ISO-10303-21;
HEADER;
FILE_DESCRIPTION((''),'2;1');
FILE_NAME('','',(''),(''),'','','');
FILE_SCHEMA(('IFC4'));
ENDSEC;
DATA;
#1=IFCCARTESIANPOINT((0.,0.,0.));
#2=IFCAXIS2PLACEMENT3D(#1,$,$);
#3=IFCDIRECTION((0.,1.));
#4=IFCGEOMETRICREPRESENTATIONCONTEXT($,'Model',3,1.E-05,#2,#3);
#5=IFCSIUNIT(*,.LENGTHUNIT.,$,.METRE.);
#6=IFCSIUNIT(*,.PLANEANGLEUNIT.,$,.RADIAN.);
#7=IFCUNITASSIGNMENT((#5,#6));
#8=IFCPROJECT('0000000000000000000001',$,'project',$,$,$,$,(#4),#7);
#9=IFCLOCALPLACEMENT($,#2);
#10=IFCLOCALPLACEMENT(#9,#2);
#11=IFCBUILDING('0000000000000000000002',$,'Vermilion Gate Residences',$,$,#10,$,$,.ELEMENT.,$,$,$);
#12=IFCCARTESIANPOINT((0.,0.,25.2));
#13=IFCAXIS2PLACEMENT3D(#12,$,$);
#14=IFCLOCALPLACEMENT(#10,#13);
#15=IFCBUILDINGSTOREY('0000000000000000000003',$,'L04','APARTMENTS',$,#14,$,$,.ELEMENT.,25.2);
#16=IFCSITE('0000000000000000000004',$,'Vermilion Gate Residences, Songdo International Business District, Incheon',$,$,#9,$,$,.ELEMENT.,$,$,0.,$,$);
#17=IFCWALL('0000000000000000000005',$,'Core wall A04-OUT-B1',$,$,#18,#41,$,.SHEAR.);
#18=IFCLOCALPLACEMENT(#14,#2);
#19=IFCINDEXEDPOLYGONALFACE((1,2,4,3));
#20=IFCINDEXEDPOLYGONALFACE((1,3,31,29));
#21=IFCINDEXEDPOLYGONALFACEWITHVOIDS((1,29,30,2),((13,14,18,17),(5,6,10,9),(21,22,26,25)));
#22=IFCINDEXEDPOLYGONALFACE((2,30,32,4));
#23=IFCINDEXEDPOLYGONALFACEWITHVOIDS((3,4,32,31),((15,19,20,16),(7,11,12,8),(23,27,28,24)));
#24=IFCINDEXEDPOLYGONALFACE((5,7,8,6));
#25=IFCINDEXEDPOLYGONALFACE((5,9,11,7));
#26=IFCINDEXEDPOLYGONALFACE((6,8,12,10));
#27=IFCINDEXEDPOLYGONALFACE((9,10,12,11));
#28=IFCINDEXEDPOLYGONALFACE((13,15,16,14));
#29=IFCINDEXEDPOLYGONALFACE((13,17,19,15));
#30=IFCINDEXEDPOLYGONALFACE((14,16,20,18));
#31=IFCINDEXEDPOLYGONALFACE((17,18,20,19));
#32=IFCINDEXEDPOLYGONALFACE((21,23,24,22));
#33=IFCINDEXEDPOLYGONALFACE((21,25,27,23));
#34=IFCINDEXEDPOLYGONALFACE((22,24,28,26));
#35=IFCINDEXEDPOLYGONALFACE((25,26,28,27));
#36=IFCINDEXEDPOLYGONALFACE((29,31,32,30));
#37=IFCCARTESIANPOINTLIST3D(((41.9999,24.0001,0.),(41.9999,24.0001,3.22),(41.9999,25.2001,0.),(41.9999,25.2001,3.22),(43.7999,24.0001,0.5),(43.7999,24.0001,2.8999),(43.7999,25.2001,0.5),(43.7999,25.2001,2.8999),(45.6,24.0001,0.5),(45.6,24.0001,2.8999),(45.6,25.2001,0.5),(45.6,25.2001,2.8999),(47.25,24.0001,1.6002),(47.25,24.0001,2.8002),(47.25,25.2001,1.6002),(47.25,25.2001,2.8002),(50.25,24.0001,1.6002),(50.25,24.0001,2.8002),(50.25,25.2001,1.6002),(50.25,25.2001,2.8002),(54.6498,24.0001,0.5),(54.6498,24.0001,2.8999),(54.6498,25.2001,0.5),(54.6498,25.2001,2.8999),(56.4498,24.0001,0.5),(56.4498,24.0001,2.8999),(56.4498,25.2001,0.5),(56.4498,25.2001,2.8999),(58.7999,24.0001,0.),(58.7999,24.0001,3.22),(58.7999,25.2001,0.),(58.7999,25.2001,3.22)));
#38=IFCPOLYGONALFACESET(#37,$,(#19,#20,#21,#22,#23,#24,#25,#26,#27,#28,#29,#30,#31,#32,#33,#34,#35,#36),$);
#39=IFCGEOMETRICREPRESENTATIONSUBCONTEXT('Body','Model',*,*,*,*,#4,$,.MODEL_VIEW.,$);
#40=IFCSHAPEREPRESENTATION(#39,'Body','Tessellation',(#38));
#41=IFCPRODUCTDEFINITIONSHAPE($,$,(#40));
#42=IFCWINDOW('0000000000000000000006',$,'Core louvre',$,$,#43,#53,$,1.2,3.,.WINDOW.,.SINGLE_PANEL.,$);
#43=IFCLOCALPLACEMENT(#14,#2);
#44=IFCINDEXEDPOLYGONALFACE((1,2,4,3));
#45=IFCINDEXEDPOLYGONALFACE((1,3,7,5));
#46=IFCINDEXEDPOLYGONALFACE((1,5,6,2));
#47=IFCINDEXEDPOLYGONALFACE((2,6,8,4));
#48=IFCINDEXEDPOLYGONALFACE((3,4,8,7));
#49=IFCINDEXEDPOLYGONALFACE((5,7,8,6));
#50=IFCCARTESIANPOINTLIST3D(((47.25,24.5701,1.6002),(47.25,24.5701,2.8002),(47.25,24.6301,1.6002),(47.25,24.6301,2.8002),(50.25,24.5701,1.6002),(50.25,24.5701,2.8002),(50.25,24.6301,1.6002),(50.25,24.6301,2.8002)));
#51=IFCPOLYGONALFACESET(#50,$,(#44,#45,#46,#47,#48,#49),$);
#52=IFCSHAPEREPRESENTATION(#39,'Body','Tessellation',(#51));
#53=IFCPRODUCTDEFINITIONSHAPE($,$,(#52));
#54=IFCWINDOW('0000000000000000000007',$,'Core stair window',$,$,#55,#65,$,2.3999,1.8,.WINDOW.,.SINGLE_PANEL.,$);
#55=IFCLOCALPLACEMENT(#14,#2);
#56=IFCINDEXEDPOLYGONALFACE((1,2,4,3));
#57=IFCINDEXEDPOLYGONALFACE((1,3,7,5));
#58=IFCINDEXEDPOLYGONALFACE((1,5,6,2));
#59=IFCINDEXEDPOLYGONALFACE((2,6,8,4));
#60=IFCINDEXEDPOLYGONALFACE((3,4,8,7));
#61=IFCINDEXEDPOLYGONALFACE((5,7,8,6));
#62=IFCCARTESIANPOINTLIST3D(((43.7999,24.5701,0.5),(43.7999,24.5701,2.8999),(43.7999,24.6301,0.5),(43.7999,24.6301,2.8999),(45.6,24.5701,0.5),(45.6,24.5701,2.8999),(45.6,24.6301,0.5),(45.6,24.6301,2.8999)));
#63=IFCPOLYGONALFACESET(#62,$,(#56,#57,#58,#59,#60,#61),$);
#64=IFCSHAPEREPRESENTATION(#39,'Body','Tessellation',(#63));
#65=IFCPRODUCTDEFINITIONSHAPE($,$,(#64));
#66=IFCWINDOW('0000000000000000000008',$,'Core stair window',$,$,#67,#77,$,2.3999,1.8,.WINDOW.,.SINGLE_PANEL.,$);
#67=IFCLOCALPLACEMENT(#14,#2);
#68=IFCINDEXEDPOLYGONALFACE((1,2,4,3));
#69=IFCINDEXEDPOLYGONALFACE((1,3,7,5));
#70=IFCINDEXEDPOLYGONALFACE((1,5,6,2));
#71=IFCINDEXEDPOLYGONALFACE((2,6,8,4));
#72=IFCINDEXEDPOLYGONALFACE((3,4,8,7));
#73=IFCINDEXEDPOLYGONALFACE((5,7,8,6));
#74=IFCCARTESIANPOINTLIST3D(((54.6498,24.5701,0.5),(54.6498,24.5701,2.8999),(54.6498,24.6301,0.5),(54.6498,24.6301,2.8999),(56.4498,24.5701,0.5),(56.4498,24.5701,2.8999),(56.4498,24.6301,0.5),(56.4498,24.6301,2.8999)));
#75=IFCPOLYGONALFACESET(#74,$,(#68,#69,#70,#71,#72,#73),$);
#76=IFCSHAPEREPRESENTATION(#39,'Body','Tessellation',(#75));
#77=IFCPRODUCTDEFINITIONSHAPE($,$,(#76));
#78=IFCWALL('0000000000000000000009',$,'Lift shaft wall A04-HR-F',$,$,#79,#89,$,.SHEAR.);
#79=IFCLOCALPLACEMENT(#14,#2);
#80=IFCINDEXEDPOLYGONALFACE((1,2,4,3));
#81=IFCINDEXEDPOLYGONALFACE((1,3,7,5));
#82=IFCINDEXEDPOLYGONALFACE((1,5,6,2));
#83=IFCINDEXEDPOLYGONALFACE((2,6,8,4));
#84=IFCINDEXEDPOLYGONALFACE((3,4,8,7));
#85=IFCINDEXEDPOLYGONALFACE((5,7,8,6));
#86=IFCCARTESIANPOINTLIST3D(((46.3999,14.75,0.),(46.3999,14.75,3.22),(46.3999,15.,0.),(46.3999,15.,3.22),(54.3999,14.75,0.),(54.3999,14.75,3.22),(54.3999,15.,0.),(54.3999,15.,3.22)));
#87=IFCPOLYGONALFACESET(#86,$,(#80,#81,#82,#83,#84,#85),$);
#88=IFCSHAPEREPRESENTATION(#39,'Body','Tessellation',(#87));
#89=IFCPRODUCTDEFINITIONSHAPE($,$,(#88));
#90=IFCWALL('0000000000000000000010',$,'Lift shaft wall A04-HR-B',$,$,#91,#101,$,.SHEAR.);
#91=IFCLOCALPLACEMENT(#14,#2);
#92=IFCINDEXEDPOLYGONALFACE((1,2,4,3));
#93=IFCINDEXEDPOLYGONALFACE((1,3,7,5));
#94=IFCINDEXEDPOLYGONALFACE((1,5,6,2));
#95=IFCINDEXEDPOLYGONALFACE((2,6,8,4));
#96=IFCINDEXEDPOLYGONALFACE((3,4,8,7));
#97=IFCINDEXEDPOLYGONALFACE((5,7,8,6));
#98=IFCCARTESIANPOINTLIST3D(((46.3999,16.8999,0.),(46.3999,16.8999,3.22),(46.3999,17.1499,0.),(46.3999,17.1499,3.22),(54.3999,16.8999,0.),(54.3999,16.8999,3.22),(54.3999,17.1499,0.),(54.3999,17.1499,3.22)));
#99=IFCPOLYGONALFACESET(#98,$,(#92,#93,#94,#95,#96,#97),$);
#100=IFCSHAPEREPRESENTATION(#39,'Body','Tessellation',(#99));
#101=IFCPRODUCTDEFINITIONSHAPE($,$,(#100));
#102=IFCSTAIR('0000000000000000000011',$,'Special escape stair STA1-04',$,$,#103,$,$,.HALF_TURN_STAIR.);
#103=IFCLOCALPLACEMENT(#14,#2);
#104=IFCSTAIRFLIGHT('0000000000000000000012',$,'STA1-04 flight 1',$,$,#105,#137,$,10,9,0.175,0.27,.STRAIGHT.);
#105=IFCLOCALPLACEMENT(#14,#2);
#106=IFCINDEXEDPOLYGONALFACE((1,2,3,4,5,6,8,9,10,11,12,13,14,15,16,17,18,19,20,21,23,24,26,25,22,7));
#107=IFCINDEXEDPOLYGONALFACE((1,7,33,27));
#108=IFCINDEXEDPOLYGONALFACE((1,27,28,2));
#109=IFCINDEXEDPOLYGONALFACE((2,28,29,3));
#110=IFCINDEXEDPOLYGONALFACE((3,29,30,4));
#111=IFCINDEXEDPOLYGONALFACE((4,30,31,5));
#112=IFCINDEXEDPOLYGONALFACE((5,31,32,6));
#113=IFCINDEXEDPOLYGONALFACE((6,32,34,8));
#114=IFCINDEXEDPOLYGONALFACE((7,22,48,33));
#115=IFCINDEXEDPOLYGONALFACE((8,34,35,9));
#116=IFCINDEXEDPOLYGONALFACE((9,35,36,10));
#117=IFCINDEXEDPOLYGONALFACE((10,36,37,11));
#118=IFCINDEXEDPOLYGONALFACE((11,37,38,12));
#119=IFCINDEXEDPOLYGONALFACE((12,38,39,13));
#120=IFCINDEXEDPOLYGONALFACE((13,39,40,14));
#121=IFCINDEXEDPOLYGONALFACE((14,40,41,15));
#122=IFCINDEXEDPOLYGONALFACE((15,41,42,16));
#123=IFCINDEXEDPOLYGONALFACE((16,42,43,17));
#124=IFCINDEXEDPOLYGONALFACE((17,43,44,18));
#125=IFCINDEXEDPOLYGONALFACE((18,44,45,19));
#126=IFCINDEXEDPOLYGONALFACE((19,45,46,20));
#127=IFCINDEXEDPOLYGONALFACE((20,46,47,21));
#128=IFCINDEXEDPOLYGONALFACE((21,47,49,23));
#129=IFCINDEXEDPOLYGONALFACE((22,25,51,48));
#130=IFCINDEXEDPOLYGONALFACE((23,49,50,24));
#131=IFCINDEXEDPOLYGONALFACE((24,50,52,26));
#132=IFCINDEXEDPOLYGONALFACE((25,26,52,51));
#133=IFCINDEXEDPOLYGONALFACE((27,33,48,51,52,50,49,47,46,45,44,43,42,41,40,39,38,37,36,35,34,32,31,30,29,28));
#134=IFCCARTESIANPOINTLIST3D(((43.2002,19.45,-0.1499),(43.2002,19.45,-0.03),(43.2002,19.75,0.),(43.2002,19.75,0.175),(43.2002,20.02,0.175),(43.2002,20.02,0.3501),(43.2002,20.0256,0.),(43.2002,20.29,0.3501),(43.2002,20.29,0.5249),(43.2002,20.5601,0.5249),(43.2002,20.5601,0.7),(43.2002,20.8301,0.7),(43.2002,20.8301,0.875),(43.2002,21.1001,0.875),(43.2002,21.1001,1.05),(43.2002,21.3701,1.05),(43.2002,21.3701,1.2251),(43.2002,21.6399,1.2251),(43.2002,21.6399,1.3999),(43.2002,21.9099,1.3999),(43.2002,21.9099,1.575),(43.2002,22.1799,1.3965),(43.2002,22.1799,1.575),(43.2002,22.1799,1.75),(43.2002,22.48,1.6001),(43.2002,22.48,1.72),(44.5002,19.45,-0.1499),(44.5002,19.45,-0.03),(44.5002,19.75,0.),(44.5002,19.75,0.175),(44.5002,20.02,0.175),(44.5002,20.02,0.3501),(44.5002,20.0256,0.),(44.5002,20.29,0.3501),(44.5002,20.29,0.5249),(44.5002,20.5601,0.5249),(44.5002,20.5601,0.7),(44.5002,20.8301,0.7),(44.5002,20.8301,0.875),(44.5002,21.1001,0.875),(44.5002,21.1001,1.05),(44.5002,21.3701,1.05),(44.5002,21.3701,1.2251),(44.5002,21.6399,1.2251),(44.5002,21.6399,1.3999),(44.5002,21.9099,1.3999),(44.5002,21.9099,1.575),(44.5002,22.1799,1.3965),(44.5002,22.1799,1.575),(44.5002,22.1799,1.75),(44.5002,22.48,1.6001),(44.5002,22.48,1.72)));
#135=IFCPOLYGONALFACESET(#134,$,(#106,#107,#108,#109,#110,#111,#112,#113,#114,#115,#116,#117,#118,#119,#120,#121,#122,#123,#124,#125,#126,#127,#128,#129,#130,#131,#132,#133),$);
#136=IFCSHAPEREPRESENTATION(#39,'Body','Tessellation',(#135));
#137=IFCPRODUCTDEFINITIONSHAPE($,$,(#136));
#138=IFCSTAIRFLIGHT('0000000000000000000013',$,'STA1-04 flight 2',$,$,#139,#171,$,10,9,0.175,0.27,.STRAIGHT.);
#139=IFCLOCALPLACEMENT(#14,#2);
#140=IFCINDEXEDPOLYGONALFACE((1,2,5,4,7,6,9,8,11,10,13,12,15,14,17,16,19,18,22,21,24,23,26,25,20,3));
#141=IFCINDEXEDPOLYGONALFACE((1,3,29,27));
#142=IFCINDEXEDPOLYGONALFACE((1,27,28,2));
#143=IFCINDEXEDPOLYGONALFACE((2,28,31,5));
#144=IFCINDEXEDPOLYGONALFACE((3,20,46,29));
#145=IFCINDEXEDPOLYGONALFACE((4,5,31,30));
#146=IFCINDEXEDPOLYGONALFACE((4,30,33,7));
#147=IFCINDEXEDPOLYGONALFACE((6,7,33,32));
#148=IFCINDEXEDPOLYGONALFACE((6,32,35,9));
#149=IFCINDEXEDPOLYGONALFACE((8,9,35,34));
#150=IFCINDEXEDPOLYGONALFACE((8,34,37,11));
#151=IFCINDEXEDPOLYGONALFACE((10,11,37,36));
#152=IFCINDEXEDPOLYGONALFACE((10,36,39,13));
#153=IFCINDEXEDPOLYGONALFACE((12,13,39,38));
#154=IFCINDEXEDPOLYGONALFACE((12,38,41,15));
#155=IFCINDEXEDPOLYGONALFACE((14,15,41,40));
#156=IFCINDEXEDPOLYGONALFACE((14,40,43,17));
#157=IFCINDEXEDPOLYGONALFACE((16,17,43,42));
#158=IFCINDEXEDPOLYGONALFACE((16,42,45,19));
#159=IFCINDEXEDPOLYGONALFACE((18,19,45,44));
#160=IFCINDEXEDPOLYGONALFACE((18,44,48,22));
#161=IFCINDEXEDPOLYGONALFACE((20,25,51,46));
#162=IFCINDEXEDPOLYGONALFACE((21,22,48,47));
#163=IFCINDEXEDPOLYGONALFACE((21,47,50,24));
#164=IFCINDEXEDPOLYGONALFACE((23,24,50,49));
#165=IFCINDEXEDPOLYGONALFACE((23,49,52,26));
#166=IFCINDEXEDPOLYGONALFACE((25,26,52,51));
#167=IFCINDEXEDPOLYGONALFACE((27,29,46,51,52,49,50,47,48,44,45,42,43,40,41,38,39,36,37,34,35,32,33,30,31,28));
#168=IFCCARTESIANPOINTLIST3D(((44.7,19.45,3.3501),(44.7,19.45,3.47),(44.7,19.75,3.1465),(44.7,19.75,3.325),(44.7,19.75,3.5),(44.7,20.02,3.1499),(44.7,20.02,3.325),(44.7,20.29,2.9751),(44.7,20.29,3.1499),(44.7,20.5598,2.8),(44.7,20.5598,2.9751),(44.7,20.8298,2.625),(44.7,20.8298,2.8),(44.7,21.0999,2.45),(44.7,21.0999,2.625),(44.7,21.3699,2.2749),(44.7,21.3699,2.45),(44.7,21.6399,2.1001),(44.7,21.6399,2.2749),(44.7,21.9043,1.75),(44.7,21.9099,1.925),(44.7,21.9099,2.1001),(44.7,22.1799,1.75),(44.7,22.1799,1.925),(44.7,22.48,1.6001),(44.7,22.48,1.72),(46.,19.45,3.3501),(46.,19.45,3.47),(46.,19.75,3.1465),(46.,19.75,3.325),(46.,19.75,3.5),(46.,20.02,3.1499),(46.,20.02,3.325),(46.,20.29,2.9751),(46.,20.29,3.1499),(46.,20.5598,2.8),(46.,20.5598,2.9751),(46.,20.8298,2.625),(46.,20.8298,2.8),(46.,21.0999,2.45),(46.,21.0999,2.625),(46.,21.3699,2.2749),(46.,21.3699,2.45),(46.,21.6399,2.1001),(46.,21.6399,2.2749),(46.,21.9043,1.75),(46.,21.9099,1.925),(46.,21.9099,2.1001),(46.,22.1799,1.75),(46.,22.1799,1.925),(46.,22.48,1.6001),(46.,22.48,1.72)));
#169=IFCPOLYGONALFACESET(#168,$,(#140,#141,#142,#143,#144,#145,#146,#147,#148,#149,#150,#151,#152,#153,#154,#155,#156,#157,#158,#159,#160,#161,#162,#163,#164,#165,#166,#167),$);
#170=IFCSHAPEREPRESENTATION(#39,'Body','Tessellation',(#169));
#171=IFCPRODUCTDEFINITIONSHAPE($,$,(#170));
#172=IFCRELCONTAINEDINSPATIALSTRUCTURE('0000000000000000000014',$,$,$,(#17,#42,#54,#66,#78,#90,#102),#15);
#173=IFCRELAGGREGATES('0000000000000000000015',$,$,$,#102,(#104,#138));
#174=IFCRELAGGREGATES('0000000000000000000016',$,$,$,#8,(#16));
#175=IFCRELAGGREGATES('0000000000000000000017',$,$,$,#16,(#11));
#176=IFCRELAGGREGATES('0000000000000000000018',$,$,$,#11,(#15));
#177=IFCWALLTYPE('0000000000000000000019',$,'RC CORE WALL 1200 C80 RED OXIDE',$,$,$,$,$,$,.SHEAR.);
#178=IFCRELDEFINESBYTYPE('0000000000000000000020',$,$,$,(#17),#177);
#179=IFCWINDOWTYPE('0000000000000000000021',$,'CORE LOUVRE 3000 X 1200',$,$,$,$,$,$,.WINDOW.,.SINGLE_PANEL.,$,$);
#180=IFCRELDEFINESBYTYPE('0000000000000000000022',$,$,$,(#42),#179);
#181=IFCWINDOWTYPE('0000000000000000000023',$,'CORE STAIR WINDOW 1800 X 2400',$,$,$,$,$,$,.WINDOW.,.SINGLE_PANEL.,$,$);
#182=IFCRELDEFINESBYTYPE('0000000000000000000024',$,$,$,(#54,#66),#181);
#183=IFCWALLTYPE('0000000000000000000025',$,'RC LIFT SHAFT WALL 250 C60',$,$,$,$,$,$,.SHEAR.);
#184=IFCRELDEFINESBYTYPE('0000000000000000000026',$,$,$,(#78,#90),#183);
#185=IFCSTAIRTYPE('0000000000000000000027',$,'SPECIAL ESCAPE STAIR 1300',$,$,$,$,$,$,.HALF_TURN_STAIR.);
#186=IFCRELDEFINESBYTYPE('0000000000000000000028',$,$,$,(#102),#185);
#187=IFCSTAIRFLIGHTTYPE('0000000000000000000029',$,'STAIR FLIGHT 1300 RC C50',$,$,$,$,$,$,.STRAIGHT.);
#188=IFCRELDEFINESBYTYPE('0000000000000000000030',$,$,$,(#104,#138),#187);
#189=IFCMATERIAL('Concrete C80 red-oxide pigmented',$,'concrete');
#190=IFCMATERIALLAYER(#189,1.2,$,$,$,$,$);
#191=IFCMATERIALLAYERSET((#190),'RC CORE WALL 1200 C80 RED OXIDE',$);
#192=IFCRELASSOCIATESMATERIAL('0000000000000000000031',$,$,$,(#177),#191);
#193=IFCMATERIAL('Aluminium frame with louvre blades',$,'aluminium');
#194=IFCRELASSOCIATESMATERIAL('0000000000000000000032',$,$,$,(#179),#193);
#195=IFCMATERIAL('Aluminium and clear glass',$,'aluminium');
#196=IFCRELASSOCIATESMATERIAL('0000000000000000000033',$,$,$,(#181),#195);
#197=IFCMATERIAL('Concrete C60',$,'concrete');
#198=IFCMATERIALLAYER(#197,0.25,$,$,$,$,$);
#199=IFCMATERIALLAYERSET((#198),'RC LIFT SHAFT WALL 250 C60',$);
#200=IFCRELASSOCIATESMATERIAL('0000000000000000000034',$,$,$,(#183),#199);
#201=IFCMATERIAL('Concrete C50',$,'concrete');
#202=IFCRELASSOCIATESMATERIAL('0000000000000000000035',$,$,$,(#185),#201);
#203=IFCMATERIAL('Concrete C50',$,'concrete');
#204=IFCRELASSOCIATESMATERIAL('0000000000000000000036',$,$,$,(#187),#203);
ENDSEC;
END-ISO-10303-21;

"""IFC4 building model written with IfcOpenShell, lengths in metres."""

from ifc_helpers import new_model, si_unit, direction, frame, frame_2d, origin, place, context, subcontext, project, spatial, polyline, rectangle, outline, extrude, material, layer, layer_set, type_object, element, fill, aggregate, save


model = new_model("IFC4")

# Units and contexts
model_context = context("Model", 3, precision=1e-05, world=origin(), true_north=direction((0.0, 1.0)))
body_context = subcontext(model_context, "Body", "Model", "MODEL_VIEW")
ifc_project = project(units=[si_unit("LENGTHUNIT", "METRE"), si_unit("PLANEANGLEUNIT", "RADIAN")], contexts=[model_context])

# Site, building, storey
site_placement = place(None, origin())
site = spatial("IfcSite", under=ifc_project, at=site_placement, Name="Vermilion Gate Residences, Songdo International Business District, Incheon", CompositionType="ELEMENT", RefElevation=0.0)
building_placement = place(site_placement, origin())
building = spatial("IfcBuilding", under=site, at=building_placement, Name="Vermilion Gate Residences", CompositionType="ELEMENT")
storey_placement = place(building_placement, frame((0.0, 0.0, 25.2)))
storey = spatial("IfcBuildingStorey", under=building, at=storey_placement, Name="L04", Description="APARTMENTS", CompositionType="ELEMENT", Elevation=25.2)

# Wall, openings, windows
ifc_material_1 = material(Name="Concrete C80 red-oxide pigmented", Category="concrete")
ifc_layer_1 = layer(ifc_material_1, 1.2)
ifc_layer_set_1 = layer_set([ifc_layer_1], Name="RC CORE WALL 1200 C80 RED OXIDE")
wall_type_1 = type_object("IfcWallType", Name="RC CORE WALL 1200 C80 RED OXIDE", PredefinedType="SHEAR", material=ifc_layer_set_1)
wall_1_placement = place(storey_placement, frame((42.0, 24.6001, 0.0), z_axis=(0.0, 0.0, 1.0), x_axis=(1.0, 0.0, 0.0)))
wall_1 = element("IfcWall", 1, at=wall_1_placement, inside=storey, type_object=wall_type_1, Name="Core wall A04-OUT-B1", PredefinedType="SHEAR", context=body_context, shape_type="SweptSolid", body=[
    extrude(rectangle(XDim=16.8, YDim=1.2, at=frame_2d((8.3999, 0.0))), origin(), (0.0, 0.0, 1.0), 3.22),
])
opening_1_placement = place(wall_1_placement, frame((1.8, 0.0, 0.5)))
opening_1 = element("IfcOpeningElement", 2, at=opening_1_placement, cuts=wall_1, PredefinedType="OPENING", context=body_context, shape_type="SweptSolid", body=[
    extrude(rectangle(XDim=1.8, YDim=2.3999, at=frame_2d((0.8999, 1.2))), frame((0.0, 0.6099, 0.0), z_axis=(0.0, -1.0, 0.0), x_axis=(1.0, 0.0, 0.0)), (0.0, 0.0, 1.0), 1.22),
])
opening_2_placement = place(wall_1_placement, frame((5.25, 0.0, 1.6001)))
opening_2 = element("IfcOpeningElement", 3, at=opening_2_placement, cuts=wall_1, PredefinedType="OPENING", context=body_context, shape_type="SweptSolid", body=[
    extrude(rectangle(XDim=3.0, YDim=1.2, at=frame_2d((1.5, 0.6001))), frame((0.0, 0.6099, 0.0), z_axis=(0.0, -1.0, 0.0), x_axis=(1.0, 0.0, 0.0)), (0.0, 0.0, 1.0), 1.22),
])
opening_3_placement = place(wall_1_placement, frame((12.6499, 0.0, 0.5)))
opening_3 = element("IfcOpeningElement", 4, at=opening_3_placement, cuts=wall_1, PredefinedType="OPENING", context=body_context, shape_type="SweptSolid", body=[
    extrude(rectangle(XDim=1.8, YDim=2.3999, at=frame_2d((0.8999, 1.2))), frame((0.0, 0.6099, 0.0), z_axis=(0.0, -1.0, 0.0), x_axis=(1.0, 0.0, 0.0)), (0.0, 0.0, 1.0), 1.22),
])
ifc_material_2 = material(Name="Aluminium frame with louvre blades", Category="aluminium")
window_type_1 = type_object("IfcWindowType", Name="CORE LOUVRE 3000 X 1200", PartitioningType="SINGLE_PANEL", PredefinedType="WINDOW", material=ifc_material_2)
window_1_placement = place(opening_2_placement, origin())
window_1 = element("IfcWindow", 5, at=window_1_placement, inside=storey, type_object=window_type_1, Name="Core louvre", OverallHeight=1.2, OverallWidth=3.0, PartitioningType="SINGLE_PANEL", PredefinedType="WINDOW", context=body_context, shape_type="SweptSolid", body=[
    extrude(rectangle(XDim=3.0, YDim=1.2, at=frame_2d((1.5, 0.6001))), frame((0.0, 0.03, 0.0), z_axis=(0.0, -1.0, 0.0), x_axis=(1.0, 0.0, 0.0)), (0.0, 0.0, 1.0), 0.0601),
])
fill(opening_2, window_1)
ifc_material_3 = material(Name="Aluminium and clear glass", Category="aluminium")
window_type_2 = type_object("IfcWindowType", Name="CORE STAIR WINDOW 1800 X 2400", PartitioningType="SINGLE_PANEL", PredefinedType="WINDOW", material=ifc_material_3)
window_2_placement = place(opening_1_placement, origin())
window_2 = element("IfcWindow", 6, at=window_2_placement, inside=storey, type_object=window_type_2, Name="Core stair window", OverallHeight=2.3999, OverallWidth=1.8, PartitioningType="SINGLE_PANEL", PredefinedType="WINDOW", context=body_context, shape_type="SweptSolid", body=[
    extrude(rectangle(XDim=1.8, YDim=2.3999, at=frame_2d((0.8999, 1.2))), frame((0.0, 0.03, 0.0), z_axis=(0.0, -1.0, 0.0), x_axis=(1.0, 0.0, 0.0)), (0.0, 0.0, 1.0), 0.0601),
])
fill(opening_1, window_2)
window_3_placement = place(opening_3_placement, origin())
window_3 = element("IfcWindow", 7, at=window_3_placement, inside=storey, type_object=window_type_2, Name="Core stair window", OverallHeight=2.3999, OverallWidth=1.8, PartitioningType="SINGLE_PANEL", PredefinedType="WINDOW", context=body_context, shape_type="SweptSolid", body=[
    extrude(rectangle(XDim=1.8, YDim=2.3999, at=frame_2d((0.8999, 1.2))), frame((0.0, 0.03, 0.0), z_axis=(0.0, -1.0, 0.0), x_axis=(1.0, 0.0, 0.0)), (0.0, 0.0, 1.0), 0.0601),
])
fill(opening_3, window_3)

# Walls
ifc_material_4 = material(Name="Concrete C60", Category="concrete")
ifc_layer_2 = layer(ifc_material_4, 0.25)
ifc_layer_set_2 = layer_set([ifc_layer_2], Name="RC LIFT SHAFT WALL 250 C60")
wall_type_2 = type_object("IfcWallType", Name="RC LIFT SHAFT WALL 250 C60", PredefinedType="SHEAR", material=ifc_layer_set_2)
for number, where, z_axis, x_axis, name in (
    (8, (46.3999, 14.875, 0.0), (0.0, 0.0, 1.0), (1.0, 0.0, 0.0), "Lift shaft wall A04-HR-F"),
    (9, (46.3999, 17.0249, 0.0), (0.0, 0.0, 1.0), (1.0, 0.0, 0.0), "Lift shaft wall A04-HR-B"),
):
    element("IfcWall", number, at=place(storey_placement, frame(where, z_axis=z_axis, x_axis=x_axis)), inside=storey, type_object=wall_type_2, Name=name, PredefinedType="SHEAR", context=body_context, shape_type="SweptSolid", body=[
        extrude(rectangle(XDim=8.0, YDim=0.25, at=frame_2d((4.0, 0.0))), origin(), (0.0, 0.0, 1.0), 3.22),
    ])

# Stair, stair flights
ifc_material_5 = material(Name="Concrete C50", Category="concrete")
stair_type = type_object("IfcStairType", Name="SPECIAL ESCAPE STAIR 1300", PredefinedType="HALF_TURN_STAIR", material=ifc_material_5)
stair_placement = place(storey_placement, origin())
stair = element("IfcStair", 10, at=stair_placement, inside=storey, type_object=stair_type, Name="Special escape stair STA1-04", PredefinedType="HALF_TURN_STAIR")
ifc_material_6 = material(Name="Concrete C50", Category="concrete")
stair_flight_type = type_object("IfcStairFlightType", Name="STAIR FLIGHT 1300 RC C50", PredefinedType="STRAIGHT", material=ifc_material_6)
stair_flight_1_placement = place(storey_placement, frame((43.8501, 19.75, 0.0), z_axis=(0.0, 0.0, 1.0), x_axis=(0.0, 1.0, 0.0)))
stair_flight_1 = element("IfcStairFlight", 11, at=stair_flight_1_placement, type_object=stair_flight_type, Name="STA1-04 flight 1", NumberOfRisers=10, NumberOfTreads=9, PredefinedType="STRAIGHT", RiserHeight=0.175, TreadLength=0.27, context=body_context, shape_type="SweptSolid", body=[
    extrude(outline(polyline([(-0.3, -0.1499), (-0.3, -0.03), (0.0, 0.0), (0.0, 0.175), (0.27, 0.175), (0.27, 0.3501), (0.54, 0.3501), (0.54, 0.5249), (0.8101, 0.5249), (0.8101, 0.7), (1.0801, 0.7), (1.0801, 0.875), (1.3501, 0.875), (1.3501, 1.05), (1.6201, 1.05), (1.6201, 1.2251), (1.8899, 1.2251), (1.8899, 1.3999), (2.1599, 1.3999), (2.1599, 1.575), (2.4299, 1.575), (2.4299, 1.75), (2.73, 1.72), (2.73, 1.6001), (2.4299, 1.3965), (0.2756, 0.0), (-0.3, -0.1499)])), frame((0.0, 0.6499, 0.0), z_axis=(0.0, -1.0, 0.0), x_axis=(1.0, 0.0, 0.0)), (0.0, 0.0, 1.0), 1.3),
])
stair_flight_2_placement = place(storey_placement, frame((45.3501, 22.1799, 1.75), z_axis=(0.0, 0.0, 1.0), x_axis=(0.0, -1.0, 0.0)))
stair_flight_2 = element("IfcStairFlight", 12, at=stair_flight_2_placement, type_object=stair_flight_type, Name="STA1-04 flight 2", NumberOfRisers=10, NumberOfTreads=9, PredefinedType="STRAIGHT", RiserHeight=0.175, TreadLength=0.27, context=body_context, shape_type="SweptSolid", body=[
    extrude(outline(polyline([(-0.3, -0.1499), (-0.3, -0.03), (0.0, 0.0), (0.0, 0.175), (0.27, 0.175), (0.27, 0.3501), (0.54, 0.3501), (0.54, 0.5249), (0.8101, 0.5249), (0.8101, 0.7), (1.0801, 0.7), (1.0801, 0.875), (1.3501, 0.875), (1.3501, 1.05), (1.6201, 1.05), (1.6201, 1.2251), (1.8899, 1.2251), (1.8899, 1.3999), (2.1599, 1.3999), (2.1599, 1.575), (2.4299, 1.575), (2.4299, 1.75), (2.73, 1.72), (2.73, 1.6001), (2.4299, 1.3965), (0.2756, 0.0), (-0.3, -0.1499)])), frame((0.0, 0.6499, 0.0), z_axis=(0.0, -1.0, 0.0), x_axis=(1.0, 0.0, 0.0)), (0.0, 0.0, 1.0), 1.3),
])
aggregate(stair, [stair_flight_1, stair_flight_2])

save(model, "model.ifc")
